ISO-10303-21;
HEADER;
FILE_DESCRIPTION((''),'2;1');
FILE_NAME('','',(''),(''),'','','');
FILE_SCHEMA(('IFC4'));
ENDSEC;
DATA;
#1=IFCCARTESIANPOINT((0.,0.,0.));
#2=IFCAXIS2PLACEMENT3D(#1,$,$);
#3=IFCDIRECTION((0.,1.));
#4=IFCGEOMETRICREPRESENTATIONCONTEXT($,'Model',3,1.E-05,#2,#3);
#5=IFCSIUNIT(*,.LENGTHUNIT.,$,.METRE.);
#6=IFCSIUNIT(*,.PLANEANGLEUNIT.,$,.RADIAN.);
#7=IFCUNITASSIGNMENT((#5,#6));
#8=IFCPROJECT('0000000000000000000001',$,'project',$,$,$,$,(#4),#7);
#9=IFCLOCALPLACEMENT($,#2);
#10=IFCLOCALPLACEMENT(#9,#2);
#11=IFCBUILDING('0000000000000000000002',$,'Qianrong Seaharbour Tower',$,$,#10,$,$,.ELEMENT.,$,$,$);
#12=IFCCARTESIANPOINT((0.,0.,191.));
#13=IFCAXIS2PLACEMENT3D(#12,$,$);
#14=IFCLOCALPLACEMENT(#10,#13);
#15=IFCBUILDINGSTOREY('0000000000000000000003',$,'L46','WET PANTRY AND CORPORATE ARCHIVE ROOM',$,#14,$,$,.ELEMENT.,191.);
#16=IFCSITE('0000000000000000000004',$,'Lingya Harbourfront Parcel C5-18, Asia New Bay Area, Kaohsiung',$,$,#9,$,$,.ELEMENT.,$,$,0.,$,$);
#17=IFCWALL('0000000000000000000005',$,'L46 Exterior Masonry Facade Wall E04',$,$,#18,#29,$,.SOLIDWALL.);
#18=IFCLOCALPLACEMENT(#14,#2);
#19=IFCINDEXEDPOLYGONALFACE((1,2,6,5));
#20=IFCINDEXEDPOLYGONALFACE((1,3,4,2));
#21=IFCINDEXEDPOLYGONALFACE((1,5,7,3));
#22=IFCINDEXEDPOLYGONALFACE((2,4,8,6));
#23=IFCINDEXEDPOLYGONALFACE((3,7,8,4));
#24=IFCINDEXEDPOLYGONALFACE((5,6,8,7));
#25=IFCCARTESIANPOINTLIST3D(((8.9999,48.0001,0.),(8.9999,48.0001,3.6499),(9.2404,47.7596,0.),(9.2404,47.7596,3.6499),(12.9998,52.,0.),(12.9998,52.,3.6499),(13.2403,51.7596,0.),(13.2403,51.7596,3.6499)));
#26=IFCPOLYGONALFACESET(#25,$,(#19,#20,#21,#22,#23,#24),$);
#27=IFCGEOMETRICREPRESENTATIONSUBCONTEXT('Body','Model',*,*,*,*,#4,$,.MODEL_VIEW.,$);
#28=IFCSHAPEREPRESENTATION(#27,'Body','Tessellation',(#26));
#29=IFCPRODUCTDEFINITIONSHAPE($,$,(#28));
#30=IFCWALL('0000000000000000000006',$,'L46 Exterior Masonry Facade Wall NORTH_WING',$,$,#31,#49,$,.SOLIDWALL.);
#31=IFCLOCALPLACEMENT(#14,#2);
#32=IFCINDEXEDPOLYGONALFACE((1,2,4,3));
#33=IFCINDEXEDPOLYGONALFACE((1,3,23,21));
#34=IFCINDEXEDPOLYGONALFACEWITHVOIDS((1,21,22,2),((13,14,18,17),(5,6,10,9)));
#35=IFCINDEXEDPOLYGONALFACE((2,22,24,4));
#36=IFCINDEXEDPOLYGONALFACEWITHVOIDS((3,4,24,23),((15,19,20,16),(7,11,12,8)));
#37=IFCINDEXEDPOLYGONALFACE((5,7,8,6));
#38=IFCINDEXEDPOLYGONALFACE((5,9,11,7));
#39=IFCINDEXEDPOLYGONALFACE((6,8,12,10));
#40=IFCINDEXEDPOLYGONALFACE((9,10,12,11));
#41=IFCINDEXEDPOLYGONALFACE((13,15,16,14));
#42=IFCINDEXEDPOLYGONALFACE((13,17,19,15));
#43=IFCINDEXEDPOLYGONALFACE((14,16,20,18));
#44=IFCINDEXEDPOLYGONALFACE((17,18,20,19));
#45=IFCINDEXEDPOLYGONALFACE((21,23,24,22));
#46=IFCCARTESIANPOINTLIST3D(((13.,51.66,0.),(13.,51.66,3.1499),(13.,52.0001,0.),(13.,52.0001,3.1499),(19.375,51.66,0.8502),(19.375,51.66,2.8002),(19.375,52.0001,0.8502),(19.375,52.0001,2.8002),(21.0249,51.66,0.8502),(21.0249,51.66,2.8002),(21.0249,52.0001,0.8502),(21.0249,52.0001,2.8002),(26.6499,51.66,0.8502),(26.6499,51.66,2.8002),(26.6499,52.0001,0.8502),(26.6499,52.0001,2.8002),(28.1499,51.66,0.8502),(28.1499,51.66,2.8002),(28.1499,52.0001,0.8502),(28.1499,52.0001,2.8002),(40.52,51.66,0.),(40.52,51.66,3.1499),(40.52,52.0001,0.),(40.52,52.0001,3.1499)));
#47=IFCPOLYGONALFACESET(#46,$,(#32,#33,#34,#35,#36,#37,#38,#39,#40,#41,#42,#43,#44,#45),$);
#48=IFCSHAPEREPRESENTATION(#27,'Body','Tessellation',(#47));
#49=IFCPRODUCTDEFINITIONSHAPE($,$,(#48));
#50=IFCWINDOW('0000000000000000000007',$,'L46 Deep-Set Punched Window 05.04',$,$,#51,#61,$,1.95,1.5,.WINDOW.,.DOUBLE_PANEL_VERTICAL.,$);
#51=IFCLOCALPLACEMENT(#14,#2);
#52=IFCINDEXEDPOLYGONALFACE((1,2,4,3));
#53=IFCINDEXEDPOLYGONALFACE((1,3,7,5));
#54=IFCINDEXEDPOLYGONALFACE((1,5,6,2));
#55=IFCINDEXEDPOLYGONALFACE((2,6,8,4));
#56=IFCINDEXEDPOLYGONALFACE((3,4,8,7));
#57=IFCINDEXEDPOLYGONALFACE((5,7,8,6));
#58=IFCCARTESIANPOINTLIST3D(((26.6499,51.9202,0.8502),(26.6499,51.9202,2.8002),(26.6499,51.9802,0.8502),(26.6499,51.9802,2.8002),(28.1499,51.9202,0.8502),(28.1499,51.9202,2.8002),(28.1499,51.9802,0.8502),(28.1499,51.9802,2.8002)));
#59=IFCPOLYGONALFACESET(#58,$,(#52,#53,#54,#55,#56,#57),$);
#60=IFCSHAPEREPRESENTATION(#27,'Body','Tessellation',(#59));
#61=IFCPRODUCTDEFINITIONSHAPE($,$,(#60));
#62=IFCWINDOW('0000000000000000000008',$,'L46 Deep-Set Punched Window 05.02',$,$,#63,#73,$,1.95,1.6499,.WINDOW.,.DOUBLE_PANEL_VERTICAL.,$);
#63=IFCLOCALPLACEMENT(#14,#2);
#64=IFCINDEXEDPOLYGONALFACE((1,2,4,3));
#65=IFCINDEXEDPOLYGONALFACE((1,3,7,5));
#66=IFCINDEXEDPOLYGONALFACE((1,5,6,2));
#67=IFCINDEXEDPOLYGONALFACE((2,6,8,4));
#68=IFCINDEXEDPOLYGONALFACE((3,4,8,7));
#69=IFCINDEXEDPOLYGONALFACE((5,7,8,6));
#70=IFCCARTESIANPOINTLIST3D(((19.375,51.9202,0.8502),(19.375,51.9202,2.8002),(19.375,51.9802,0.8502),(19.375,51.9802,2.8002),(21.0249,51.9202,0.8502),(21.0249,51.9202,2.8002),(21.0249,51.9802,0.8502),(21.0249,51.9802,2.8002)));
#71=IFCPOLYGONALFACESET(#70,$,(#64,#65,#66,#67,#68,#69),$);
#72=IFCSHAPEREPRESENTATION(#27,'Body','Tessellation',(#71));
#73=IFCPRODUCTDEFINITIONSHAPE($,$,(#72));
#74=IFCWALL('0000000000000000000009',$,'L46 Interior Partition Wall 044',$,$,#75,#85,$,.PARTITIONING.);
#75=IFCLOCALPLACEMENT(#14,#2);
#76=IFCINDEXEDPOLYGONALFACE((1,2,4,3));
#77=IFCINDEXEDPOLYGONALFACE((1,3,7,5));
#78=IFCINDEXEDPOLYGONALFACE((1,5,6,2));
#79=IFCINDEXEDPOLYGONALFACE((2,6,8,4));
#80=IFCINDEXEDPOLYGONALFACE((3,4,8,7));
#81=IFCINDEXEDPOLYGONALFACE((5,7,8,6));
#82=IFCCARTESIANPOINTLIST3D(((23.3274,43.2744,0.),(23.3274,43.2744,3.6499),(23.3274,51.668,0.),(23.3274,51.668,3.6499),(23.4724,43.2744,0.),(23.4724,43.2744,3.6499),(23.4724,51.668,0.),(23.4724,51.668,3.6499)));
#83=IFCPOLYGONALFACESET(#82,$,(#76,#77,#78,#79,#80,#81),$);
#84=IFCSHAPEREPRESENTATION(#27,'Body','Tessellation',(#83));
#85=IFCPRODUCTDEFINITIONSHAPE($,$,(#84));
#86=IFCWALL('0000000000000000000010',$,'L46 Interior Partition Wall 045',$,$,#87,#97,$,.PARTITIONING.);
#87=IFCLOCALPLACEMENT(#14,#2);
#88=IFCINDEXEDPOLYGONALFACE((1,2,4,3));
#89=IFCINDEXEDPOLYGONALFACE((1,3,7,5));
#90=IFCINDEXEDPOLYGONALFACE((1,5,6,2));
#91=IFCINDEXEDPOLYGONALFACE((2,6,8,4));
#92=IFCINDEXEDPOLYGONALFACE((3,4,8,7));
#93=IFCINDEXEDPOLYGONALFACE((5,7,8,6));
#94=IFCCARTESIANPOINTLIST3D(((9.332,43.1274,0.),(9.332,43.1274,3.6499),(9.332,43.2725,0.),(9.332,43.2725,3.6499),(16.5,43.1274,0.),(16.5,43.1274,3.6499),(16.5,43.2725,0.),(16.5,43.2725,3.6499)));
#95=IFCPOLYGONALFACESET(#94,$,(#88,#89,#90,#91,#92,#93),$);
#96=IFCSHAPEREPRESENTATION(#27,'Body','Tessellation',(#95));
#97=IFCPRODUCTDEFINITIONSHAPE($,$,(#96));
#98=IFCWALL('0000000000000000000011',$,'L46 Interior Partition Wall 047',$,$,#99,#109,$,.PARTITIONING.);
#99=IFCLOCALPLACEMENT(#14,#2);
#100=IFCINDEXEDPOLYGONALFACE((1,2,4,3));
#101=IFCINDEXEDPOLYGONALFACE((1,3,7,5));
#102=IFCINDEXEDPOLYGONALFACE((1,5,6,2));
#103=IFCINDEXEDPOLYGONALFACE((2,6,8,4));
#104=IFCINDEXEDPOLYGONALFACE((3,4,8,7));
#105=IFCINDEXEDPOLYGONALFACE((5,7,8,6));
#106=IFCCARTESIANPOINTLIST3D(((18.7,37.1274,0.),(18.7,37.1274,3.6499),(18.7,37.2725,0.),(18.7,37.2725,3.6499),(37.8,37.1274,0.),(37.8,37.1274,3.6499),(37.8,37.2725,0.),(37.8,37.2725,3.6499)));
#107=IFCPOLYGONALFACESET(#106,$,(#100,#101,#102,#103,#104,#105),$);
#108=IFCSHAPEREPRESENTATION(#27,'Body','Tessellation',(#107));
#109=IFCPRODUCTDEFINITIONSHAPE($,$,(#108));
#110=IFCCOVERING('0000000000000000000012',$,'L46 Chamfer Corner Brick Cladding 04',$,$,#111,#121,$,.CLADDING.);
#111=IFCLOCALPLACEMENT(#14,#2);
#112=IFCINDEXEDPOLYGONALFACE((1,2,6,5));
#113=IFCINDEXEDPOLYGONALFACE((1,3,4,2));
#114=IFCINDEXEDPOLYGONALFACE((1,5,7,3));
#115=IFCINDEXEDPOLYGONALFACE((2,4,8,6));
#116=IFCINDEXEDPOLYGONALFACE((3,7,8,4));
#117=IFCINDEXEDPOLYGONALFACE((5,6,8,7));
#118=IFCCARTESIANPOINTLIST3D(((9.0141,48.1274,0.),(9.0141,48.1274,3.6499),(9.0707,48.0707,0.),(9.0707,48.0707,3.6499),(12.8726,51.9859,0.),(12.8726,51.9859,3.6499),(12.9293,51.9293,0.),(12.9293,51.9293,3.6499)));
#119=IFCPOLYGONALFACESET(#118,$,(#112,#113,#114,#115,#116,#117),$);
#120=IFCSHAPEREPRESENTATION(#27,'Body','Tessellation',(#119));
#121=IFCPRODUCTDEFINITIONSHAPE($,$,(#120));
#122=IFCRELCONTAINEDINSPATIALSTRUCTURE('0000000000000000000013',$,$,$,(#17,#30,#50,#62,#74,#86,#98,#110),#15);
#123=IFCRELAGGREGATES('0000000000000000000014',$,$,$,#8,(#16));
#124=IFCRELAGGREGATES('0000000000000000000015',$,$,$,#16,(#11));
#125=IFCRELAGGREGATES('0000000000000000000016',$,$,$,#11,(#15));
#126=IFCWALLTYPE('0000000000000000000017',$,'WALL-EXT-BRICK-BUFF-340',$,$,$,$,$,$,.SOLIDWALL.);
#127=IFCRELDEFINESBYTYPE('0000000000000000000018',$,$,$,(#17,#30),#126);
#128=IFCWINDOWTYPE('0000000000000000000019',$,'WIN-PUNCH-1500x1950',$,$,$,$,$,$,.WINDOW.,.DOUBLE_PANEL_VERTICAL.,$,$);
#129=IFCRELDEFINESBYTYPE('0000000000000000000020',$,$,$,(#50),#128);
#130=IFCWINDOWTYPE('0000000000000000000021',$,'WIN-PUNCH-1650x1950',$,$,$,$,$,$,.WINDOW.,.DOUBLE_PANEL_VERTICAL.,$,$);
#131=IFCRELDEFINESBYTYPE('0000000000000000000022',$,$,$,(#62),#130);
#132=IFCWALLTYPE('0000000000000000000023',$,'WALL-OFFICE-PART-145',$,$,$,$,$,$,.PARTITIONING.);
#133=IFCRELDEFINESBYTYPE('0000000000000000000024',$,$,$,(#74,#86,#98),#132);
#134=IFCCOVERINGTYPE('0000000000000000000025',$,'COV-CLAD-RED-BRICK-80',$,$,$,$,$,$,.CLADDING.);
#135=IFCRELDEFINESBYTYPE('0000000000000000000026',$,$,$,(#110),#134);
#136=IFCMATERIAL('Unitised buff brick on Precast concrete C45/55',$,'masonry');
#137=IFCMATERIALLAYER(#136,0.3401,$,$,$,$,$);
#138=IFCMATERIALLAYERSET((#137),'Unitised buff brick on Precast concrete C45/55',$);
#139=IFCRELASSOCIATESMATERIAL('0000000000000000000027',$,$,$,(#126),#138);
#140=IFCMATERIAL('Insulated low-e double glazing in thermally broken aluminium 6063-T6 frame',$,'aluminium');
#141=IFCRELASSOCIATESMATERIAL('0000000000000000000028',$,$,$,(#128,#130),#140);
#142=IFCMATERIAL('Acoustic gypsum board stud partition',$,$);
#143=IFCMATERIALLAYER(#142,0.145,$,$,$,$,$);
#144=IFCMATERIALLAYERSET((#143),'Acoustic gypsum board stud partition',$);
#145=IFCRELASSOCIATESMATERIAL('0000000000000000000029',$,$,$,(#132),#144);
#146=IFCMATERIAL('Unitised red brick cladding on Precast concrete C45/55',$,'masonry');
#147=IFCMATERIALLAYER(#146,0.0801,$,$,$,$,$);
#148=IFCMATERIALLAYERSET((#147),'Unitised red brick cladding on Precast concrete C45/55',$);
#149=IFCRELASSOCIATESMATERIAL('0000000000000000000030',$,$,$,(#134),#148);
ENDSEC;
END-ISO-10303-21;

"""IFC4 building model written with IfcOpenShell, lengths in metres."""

from ifc_helpers import new_model, si_unit, direction, frame, frame_2d, origin, origin_2d, place, context, subcontext, project, spatial, rectangle, extrude, material, layer, layer_set, type_object, element, fill, save


model = new_model("IFC4")

# Units and contexts
model_context = context("Model", 3, precision=1e-05, world=origin(), true_north=direction((0.0, 1.0)))
body_context = subcontext(model_context, "Body", "Model", "MODEL_VIEW")
ifc_project = project(units=[si_unit("LENGTHUNIT", "METRE"), si_unit("PLANEANGLEUNIT", "RADIAN")], contexts=[model_context])

# Site, building, storey
site_placement = place(None, origin())
site = spatial("IfcSite", under=ifc_project, at=site_placement, Name="Lingya Harbourfront Parcel C5-18, Asia New Bay Area, Kaohsiung", CompositionType="ELEMENT", RefElevation=0.0)
building_placement = place(site_placement, origin())
building = spatial("IfcBuilding", under=site, at=building_placement, Name="Qianrong Seaharbour Tower", CompositionType="ELEMENT")
storey_placement = place(building_placement, frame((0.0, 0.0, 191.0)))
storey = spatial("IfcBuildingStorey", under=building, at=storey_placement, Name="L46", Description="WET PANTRY AND CORPORATE ARCHIVE ROOM", CompositionType="ELEMENT", Elevation=191.0)

# Wall
ifc_material_1 = material(Name="Unitised buff brick on Precast concrete C45/55", Category="masonry")
ifc_layer_1 = layer(ifc_material_1, 0.3401)
ifc_layer_set_1 = layer_set([ifc_layer_1], Name="Unitised buff brick on Precast concrete C45/55")
wall_type_1 = type_object("IfcWallType", Name="WALL-EXT-BRICK-BUFF-340", PredefinedType="SOLIDWALL", material=ifc_layer_set_1)
wall_1_placement = place(storey_placement, frame((9.1201, 47.8799, 0.0), z_axis=(0.0, 0.0, 1.0), x_axis=(0.707107, 0.707107, 0.0)))
element("IfcWall", 1, at=wall_1_placement, inside=storey, type_object=wall_type_1, Name="L46 Exterior Masonry Facade Wall E04", PredefinedType="SOLIDWALL", context=body_context, shape_type="SweptSolid", body=[
    extrude(rectangle(XDim=5.6567, YDim=0.3401, at=frame_2d((2.8284, 0.0))), origin(), (0.0, 0.0, 1.0), 3.6499),
])

# Wall, openings, windows
wall_2_placement = place(storey_placement, frame((13.0, 51.8301, 0.0), z_axis=(0.0, 0.0, 1.0), x_axis=(1.0, 0.0, 0.0)))
wall_2 = element("IfcWall", 2, at=wall_2_placement, inside=storey, type_object=wall_type_1, Name="L46 Exterior Masonry Facade Wall NORTH_WING", PredefinedType="SOLIDWALL", context=body_context, shape_type="SweptSolid", body=[
    extrude(rectangle(XDim=27.52, YDim=0.3401, at=frame_2d((13.76, 0.0))), origin(), (0.0, 0.0, 1.0), 3.1499),
])
opening_1_placement = place(wall_2_placement, frame((6.375, 0.0, 0.8501)))
opening_1 = element("IfcOpeningElement", 3, at=opening_1_placement, cuts=wall_2, PredefinedType="OPENING", context=body_context, shape_type="SweptSolid", body=[
    extrude(rectangle(XDim=1.6499, YDim=1.95, at=frame_2d((0.825, 0.9751))), frame((0.0, 0.1802, 0.0), z_axis=(0.0, -1.0, 0.0), x_axis=(1.0, 0.0, 0.0)), (0.0, 0.0, 1.0), 0.3601),
])
opening_2_placement = place(wall_2_placement, frame((13.6499, 0.0, 0.8501)))
opening_2 = element("IfcOpeningElement", 4, at=opening_2_placement, cuts=wall_2, PredefinedType="OPENING", context=body_context, shape_type="SweptSolid", body=[
    extrude(rectangle(XDim=1.5, YDim=1.95, at=frame_2d((0.75, 0.9751))), frame((0.0, 0.1802, 0.0), z_axis=(0.0, -1.0, 0.0), x_axis=(1.0, 0.0, 0.0)), (0.0, 0.0, 1.0), 0.3601),
])
ifc_material_2 = material(Name="Insulated low-e double glazing in thermally broken aluminium 6063-T6 frame", Category="aluminium")
window_type_1 = type_object("IfcWindowType", Name="WIN-PUNCH-1500x1950", PartitioningType="DOUBLE_PANEL_VERTICAL", PredefinedType="WINDOW", material=ifc_material_2)
window_1_placement = place(opening_2_placement, origin())
window_1 = element("IfcWindow", 5, at=window_1_placement, inside=storey, type_object=window_type_1, Name="L46 Deep-Set Punched Window 05.04", OverallHeight=1.95, OverallWidth=1.5, PartitioningType="DOUBLE_PANEL_VERTICAL", PredefinedType="WINDOW", context=body_context, shape_type="SweptSolid", body=[
    extrude(rectangle(XDim=1.5, YDim=1.95, at=frame_2d((0.75, 0.9751))), frame((0.0, 0.1501, 0.0), z_axis=(0.0, -1.0, 0.0), x_axis=(1.0, 0.0, 0.0)), (0.0, 0.0, 1.0), 0.0601),
])
fill(opening_2, window_1)
window_type_2 = type_object("IfcWindowType", Name="WIN-PUNCH-1650x1950", PartitioningType="DOUBLE_PANEL_VERTICAL", PredefinedType="WINDOW", material=ifc_material_2)
window_2_placement = place(opening_1_placement, origin())
window_2 = element("IfcWindow", 6, at=window_2_placement, inside=storey, type_object=window_type_2, Name="L46 Deep-Set Punched Window 05.02", OverallHeight=1.95, OverallWidth=1.6499, PartitioningType="DOUBLE_PANEL_VERTICAL", PredefinedType="WINDOW", context=body_context, shape_type="SweptSolid", body=[
    extrude(rectangle(XDim=1.6499, YDim=1.95, at=frame_2d((0.825, 0.9751))), frame((0.0, 0.1501, 0.0), z_axis=(0.0, -1.0, 0.0), x_axis=(1.0, 0.0, 0.0)), (0.0, 0.0, 1.0), 0.0601),
])
fill(opening_1, window_2)

# Walls
ifc_material_3 = material(Name="Acoustic gypsum board stud partition")
ifc_layer_2 = layer(ifc_material_3, 0.145)
ifc_layer_set_2 = layer_set([ifc_layer_2], Name="Acoustic gypsum board stud partition")
wall_type_2 = type_object("IfcWallType", Name="WALL-OFFICE-PART-145", PredefinedType="PARTITIONING", material=ifc_layer_set_2)
wall_3_placement = place(storey_placement, frame((23.3999, 51.668, 0.0), z_axis=(0.0, 0.0, 1.0), x_axis=(0.0, -1.0, 0.0)))
element("IfcWall", 7, at=wall_3_placement, inside=storey, type_object=wall_type_2, Name="L46 Interior Partition Wall 044", PredefinedType="PARTITIONING", context=body_context, shape_type="SweptSolid", body=[
    extrude(rectangle(XDim=8.3936, YDim=0.145, at=frame_2d((4.1968, 0.0))), origin(), (0.0, 0.0, 1.0), 3.6499),
])
wall_4_placement = place(storey_placement, frame((16.5, 43.2, 0.0), z_axis=(0.0, 0.0, 1.0), x_axis=(-1.0, 0.0, 0.0)))
element("IfcWall", 8, at=wall_4_placement, inside=storey, type_object=wall_type_2, Name="L46 Interior Partition Wall 045", PredefinedType="PARTITIONING", context=body_context, shape_type="SweptSolid", body=[
    extrude(rectangle(XDim=7.168, YDim=0.145, at=frame_2d((3.584, 0.0))), origin(), (0.0, 0.0, 1.0), 3.6499),
])
wall_5_placement = place(storey_placement, frame((18.7, 37.2, 0.0), z_axis=(0.0, 0.0, 1.0), x_axis=(1.0, 0.0, 0.0)))
element("IfcWall", 9, at=wall_5_placement, inside=storey, type_object=wall_type_2, Name="L46 Interior Partition Wall 047", PredefinedType="PARTITIONING", context=body_context, shape_type="SweptSolid", body=[
    extrude(rectangle(XDim=19.1001, YDim=0.145, at=frame_2d((9.55, 0.0))), origin(), (0.0, 0.0, 1.0), 3.6499),
])

# Covering
ifc_material_4 = material(Name="Unitised red brick cladding on Precast concrete C45/55", Category="masonry")
ifc_layer_3 = layer(ifc_material_4, 0.0801)
ifc_layer_set_3 = layer_set([ifc_layer_3], Name="Unitised red brick cladding on Precast concrete C45/55")
covering_type = type_object("IfcCoveringType", Name="COV-CLAD-RED-BRICK-80", PredefinedType="CLADDING", material=ifc_layer_set_3)
covering_placement = place(storey_placement, frame((10.9717, 50.0283, 0.0), z_axis=(0.0, 0.0, 1.0), x_axis=(0.707107, 0.707107, 0.0)))
element("IfcCovering", 10, at=covering_placement, inside=storey, type_object=covering_type, Name="L46 Chamfer Corner Brick Cladding 04", PredefinedType="CLADDING", context=body_context, shape_type="SweptSolid", body=[
    extrude(rectangle(XDim=5.4568, YDim=0.0801, at=origin_2d()), origin(), (0.0, 0.0, 1.0), 3.6499),
])

save(model, "model.ifc")
